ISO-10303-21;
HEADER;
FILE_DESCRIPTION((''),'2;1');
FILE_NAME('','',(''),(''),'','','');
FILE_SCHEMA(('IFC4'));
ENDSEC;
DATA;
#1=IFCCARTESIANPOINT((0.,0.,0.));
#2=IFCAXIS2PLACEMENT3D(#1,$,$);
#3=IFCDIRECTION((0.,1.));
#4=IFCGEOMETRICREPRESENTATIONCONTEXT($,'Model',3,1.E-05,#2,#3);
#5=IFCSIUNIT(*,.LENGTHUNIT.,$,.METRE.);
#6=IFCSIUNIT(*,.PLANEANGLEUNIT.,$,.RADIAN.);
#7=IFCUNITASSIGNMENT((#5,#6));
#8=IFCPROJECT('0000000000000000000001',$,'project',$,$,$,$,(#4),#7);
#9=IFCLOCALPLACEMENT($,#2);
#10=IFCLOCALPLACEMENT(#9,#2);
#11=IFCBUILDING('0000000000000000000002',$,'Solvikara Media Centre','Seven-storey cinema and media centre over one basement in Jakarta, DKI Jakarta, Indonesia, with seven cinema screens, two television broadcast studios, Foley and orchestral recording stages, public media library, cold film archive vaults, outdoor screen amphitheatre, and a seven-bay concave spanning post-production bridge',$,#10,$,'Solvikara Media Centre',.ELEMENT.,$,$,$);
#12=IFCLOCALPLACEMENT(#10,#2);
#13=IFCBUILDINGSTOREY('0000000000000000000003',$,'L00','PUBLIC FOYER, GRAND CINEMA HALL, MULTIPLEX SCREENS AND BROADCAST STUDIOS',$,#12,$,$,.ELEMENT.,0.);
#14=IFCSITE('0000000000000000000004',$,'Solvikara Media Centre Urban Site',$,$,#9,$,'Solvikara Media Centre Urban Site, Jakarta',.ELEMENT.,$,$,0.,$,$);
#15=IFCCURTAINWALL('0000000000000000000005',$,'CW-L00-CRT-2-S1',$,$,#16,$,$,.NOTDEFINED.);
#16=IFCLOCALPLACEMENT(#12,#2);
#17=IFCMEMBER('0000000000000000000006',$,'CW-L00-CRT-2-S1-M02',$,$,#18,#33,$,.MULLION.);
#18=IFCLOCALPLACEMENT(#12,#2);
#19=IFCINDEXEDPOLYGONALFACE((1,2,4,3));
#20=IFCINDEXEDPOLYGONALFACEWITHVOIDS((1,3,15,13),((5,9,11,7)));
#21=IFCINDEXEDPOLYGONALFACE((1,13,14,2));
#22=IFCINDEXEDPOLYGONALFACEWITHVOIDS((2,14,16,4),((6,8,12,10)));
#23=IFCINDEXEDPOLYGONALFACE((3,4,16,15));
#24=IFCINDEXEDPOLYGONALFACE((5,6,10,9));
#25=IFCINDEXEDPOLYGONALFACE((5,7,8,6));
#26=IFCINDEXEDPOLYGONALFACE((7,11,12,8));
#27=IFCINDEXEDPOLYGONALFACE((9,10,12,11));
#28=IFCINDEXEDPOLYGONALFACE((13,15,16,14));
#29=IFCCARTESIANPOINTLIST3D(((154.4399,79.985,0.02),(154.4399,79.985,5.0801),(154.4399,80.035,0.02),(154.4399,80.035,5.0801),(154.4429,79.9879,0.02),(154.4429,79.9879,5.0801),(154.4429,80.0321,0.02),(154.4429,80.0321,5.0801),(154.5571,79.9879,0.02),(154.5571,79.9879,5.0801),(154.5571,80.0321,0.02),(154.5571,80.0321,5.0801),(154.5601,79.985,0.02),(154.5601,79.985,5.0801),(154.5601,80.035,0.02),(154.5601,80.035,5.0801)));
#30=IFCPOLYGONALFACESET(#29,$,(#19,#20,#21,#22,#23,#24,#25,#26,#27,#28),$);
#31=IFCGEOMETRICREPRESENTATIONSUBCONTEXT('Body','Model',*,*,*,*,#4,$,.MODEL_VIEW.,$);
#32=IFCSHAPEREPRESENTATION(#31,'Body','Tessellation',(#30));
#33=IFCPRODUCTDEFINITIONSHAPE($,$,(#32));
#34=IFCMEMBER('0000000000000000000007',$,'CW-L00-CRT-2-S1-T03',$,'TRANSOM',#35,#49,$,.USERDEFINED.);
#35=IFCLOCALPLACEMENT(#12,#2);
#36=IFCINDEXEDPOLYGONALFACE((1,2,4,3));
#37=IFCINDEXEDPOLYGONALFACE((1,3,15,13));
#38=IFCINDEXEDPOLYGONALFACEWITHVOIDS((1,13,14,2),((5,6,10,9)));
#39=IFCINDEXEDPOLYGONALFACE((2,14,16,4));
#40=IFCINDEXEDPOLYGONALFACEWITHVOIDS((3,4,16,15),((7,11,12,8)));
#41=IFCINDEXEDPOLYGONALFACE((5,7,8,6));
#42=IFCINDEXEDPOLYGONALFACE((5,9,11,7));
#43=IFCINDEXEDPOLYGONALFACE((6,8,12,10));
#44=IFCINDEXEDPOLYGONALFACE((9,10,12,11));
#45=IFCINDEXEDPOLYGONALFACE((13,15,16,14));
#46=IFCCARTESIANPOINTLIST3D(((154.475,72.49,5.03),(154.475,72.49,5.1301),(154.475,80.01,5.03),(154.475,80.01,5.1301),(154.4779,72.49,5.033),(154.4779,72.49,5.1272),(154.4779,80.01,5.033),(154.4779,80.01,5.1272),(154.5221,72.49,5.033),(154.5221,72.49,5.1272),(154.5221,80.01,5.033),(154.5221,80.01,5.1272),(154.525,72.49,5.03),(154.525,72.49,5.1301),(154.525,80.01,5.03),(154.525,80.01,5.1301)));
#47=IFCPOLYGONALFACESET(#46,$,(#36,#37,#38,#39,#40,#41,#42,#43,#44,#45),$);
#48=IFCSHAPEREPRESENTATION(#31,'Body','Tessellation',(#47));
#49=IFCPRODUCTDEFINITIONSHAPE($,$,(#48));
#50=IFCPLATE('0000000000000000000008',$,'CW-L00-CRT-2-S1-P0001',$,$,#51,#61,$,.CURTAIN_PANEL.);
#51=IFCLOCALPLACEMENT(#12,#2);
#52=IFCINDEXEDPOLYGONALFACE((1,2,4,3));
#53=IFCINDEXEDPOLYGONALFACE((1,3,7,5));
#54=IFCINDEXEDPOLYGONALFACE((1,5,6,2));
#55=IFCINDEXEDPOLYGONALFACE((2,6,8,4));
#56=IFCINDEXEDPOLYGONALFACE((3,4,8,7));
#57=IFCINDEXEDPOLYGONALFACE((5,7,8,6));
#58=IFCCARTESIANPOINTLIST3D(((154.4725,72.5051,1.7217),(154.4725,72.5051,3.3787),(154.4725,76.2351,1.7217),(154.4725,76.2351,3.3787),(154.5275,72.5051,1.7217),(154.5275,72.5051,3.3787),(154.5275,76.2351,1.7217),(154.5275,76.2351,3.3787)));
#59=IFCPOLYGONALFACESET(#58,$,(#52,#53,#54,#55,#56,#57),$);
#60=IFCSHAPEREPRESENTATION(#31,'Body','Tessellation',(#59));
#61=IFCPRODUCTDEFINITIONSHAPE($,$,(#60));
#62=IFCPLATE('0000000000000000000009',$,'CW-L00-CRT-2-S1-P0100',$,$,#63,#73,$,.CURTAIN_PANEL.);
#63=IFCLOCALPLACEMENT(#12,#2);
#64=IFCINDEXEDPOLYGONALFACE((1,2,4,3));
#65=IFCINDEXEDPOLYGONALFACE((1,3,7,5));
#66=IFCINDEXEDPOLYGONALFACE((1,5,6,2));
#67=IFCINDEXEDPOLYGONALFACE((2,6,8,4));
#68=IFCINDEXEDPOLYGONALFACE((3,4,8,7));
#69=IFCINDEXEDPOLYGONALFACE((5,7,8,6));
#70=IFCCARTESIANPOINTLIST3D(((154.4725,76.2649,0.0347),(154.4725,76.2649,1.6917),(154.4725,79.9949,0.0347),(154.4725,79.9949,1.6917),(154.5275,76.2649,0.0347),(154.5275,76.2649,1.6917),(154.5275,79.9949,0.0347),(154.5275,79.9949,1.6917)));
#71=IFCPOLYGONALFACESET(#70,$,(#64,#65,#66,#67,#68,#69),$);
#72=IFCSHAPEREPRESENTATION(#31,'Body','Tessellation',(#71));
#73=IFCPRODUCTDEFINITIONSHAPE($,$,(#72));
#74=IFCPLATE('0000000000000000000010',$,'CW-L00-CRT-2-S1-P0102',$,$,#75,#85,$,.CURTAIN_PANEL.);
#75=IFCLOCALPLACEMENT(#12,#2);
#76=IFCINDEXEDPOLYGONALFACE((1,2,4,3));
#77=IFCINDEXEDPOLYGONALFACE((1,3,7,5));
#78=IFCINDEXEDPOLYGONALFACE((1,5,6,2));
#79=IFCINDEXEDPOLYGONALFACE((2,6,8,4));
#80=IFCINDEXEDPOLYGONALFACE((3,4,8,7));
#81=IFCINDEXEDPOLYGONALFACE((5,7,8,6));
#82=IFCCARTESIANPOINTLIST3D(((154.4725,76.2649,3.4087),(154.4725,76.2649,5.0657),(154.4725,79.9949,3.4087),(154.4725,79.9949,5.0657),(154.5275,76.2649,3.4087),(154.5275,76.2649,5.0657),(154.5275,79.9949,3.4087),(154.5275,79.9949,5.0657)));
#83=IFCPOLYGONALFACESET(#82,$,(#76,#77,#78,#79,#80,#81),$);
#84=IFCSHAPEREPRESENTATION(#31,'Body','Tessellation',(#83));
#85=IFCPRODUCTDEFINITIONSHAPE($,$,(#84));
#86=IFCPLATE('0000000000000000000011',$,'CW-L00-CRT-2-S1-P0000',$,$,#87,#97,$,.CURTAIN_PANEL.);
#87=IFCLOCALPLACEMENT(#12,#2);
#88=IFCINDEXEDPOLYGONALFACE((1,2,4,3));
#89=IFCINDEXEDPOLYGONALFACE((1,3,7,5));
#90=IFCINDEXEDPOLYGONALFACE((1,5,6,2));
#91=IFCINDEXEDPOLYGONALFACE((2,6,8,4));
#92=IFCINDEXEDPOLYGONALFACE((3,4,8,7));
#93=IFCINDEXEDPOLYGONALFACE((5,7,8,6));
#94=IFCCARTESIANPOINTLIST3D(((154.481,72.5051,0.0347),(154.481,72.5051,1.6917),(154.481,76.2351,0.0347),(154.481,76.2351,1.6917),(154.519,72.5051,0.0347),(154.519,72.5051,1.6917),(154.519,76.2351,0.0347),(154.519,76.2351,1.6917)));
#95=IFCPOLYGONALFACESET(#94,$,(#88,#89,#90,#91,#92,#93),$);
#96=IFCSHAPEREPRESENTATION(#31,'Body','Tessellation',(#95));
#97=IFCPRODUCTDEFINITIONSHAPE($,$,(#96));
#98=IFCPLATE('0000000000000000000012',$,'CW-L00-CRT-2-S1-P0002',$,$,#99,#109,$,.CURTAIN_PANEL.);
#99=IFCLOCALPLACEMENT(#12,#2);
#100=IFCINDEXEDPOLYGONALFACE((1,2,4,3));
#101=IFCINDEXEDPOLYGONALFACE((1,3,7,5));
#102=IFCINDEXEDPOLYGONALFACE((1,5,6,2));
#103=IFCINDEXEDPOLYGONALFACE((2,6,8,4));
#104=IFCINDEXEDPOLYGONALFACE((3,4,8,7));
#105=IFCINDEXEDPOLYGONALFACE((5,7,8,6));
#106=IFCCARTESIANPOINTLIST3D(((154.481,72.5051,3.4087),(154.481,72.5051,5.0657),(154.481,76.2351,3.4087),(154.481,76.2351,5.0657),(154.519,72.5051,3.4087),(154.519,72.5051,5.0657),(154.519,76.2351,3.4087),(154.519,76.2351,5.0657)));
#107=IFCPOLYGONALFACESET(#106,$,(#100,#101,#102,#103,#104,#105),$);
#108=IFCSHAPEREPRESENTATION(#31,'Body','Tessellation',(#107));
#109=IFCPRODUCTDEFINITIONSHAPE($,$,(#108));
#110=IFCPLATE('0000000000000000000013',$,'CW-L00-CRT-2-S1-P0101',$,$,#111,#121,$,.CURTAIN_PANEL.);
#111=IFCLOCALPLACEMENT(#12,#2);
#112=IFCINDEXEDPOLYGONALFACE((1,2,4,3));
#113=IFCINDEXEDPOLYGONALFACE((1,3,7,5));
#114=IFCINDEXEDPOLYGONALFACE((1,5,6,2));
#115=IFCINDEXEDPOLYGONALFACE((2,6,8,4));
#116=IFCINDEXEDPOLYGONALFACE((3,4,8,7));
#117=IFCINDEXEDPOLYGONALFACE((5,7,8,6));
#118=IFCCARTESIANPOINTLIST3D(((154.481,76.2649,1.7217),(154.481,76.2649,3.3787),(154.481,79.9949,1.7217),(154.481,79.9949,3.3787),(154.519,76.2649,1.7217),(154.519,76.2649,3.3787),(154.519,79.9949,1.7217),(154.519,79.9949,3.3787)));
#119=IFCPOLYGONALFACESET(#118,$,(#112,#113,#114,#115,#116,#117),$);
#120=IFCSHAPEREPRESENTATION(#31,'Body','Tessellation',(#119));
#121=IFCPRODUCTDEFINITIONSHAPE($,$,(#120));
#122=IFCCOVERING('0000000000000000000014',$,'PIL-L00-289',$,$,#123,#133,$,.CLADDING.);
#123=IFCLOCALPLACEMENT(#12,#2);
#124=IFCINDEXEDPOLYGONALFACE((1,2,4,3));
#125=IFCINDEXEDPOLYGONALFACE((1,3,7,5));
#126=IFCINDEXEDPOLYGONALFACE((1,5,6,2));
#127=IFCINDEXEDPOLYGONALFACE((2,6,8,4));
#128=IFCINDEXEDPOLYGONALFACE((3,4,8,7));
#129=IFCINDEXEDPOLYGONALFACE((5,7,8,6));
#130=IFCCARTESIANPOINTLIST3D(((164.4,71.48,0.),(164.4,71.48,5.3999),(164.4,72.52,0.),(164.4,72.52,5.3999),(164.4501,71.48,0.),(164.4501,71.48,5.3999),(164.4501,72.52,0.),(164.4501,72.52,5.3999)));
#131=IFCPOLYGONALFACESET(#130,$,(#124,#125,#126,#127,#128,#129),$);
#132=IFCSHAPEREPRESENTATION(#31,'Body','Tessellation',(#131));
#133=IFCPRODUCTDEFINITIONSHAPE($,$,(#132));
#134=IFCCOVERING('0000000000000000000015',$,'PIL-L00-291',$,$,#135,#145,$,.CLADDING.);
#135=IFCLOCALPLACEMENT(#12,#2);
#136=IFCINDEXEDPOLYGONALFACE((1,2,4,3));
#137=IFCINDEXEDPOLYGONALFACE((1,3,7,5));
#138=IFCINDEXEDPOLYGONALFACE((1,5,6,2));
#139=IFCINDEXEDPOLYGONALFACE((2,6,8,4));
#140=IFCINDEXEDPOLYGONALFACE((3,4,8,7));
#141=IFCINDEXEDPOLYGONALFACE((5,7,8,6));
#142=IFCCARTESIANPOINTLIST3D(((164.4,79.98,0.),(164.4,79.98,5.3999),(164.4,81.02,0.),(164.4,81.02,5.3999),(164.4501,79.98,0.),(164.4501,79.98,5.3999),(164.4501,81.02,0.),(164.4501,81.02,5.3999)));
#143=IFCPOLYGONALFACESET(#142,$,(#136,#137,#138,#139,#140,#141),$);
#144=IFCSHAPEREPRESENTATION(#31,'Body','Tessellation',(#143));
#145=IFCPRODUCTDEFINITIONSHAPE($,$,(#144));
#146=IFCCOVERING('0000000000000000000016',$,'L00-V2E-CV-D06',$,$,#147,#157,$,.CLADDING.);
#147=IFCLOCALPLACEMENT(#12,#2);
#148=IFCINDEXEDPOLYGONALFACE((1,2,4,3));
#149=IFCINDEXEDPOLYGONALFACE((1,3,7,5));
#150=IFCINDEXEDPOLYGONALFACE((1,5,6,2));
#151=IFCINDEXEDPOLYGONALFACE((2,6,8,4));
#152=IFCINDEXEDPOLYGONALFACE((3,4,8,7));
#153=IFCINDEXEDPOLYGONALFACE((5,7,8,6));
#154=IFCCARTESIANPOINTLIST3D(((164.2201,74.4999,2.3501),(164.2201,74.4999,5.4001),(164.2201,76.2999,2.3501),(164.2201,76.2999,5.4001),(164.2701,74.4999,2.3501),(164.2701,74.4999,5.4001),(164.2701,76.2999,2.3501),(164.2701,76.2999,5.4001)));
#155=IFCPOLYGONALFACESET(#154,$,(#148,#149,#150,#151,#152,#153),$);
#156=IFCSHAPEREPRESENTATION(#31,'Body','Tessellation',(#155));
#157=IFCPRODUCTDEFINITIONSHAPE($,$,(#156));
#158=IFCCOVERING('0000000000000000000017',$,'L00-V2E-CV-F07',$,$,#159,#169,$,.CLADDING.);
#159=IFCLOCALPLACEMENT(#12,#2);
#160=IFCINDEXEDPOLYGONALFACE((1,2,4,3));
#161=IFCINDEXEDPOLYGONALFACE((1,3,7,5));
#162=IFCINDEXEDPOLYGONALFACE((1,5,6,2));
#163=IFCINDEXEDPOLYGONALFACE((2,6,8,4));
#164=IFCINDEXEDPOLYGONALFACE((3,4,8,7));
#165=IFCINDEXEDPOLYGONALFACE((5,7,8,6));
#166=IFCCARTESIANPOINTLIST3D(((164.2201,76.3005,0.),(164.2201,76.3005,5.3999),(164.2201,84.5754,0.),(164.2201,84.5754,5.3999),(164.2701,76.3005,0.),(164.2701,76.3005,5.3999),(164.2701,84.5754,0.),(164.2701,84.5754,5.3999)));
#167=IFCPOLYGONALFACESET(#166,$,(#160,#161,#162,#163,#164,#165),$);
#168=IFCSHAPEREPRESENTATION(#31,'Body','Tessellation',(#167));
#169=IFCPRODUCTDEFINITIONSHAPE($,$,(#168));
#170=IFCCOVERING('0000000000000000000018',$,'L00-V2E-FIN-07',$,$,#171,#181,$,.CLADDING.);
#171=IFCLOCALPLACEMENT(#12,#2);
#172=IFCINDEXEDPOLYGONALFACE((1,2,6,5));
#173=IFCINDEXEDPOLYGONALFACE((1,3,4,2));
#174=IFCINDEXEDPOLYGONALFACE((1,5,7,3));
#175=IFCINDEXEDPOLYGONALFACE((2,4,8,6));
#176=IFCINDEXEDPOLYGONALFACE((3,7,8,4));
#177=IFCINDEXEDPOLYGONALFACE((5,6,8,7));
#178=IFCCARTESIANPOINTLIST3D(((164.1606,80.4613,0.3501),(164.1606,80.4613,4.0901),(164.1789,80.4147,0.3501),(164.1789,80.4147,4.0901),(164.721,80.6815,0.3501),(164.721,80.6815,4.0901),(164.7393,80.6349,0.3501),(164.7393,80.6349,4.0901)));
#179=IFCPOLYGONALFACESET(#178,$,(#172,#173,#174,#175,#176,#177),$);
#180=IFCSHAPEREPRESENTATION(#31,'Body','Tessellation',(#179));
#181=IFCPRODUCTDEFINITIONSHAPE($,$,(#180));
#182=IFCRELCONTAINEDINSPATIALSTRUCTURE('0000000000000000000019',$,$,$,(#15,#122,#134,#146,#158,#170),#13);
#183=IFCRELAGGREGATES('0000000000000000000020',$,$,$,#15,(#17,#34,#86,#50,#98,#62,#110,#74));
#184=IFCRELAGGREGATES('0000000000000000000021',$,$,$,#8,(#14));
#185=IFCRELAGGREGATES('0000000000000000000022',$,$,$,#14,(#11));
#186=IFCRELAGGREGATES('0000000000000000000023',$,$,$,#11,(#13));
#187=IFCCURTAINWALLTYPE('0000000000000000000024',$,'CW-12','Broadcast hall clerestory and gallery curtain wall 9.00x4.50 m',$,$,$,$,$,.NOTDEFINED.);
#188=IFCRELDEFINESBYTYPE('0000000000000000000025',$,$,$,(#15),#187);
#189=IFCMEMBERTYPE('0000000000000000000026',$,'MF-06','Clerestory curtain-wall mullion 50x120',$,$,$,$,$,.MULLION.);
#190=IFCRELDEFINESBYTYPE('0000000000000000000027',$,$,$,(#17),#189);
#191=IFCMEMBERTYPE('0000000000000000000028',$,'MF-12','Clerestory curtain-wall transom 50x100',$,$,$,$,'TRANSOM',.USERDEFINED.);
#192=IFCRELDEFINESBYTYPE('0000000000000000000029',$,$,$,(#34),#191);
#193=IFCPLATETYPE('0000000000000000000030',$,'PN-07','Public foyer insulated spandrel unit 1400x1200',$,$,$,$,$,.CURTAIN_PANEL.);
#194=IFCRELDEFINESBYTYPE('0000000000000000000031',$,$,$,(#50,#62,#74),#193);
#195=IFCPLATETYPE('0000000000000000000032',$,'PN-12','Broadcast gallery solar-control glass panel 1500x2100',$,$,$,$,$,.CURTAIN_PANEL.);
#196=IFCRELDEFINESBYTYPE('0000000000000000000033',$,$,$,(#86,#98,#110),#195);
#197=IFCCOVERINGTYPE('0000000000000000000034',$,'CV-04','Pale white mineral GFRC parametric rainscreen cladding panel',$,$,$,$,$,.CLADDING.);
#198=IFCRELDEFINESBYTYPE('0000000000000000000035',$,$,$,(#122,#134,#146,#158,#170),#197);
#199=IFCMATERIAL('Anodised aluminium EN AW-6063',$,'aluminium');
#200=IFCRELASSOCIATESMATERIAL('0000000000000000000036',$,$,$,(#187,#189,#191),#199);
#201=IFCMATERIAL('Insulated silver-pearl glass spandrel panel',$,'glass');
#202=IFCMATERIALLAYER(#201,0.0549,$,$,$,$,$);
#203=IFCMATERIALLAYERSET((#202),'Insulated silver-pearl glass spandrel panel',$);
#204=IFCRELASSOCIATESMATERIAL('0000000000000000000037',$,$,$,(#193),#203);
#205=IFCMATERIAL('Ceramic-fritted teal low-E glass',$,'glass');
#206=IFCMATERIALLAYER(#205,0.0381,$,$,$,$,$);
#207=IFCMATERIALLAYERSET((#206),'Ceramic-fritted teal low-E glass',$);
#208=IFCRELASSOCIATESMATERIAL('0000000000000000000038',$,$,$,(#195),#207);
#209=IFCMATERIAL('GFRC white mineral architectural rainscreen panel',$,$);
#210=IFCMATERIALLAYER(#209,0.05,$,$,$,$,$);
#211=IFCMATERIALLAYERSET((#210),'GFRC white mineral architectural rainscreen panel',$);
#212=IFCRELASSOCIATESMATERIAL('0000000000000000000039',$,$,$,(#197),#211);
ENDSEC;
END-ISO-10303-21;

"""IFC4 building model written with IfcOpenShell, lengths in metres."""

from ifc_helpers import new_model, si_unit, direction, frame, origin, origin_2d, place, context, subcontext, project, spatial, rectangle, hollow_rectangle, extrude, material, layer, layer_set, material_profile, profile_set, type_object, element, aggregate, save


model = new_model("IFC4")

# Units and contexts
model_context = context("Model", 3, precision=1e-05, world=origin(), true_north=direction((0.0, 1.0)))
body_context = subcontext(model_context, "Body", "Model", "MODEL_VIEW")
ifc_project = project(units=[si_unit("LENGTHUNIT", "METRE"), si_unit("PLANEANGLEUNIT", "RADIAN")], contexts=[model_context])

# Site, building, storey
site_placement = place(None, origin())
site = spatial("IfcSite", under=ifc_project, at=site_placement, Name="Solvikara Media Centre Urban Site", LongName="Solvikara Media Centre Urban Site, Jakarta", CompositionType="ELEMENT", RefElevation=0.0)
building_placement = place(site_placement, origin())
building = spatial("IfcBuilding", under=site, at=building_placement, Name="Solvikara Media Centre", Description="Seven-storey cinema and media centre over one basement in Jakarta, DKI Jakarta, Indonesia, with seven cinema screens, two television broadcast studios, Foley and orchestral recording stages, public media library, cold film archive vaults, outdoor screen amphitheatre, and a seven-bay concave spanning post-production bridge", LongName="Solvikara Media Centre", CompositionType="ELEMENT")
storey_placement = place(building_placement, origin())
storey = spatial("IfcBuildingStorey", under=building, at=storey_placement, Name="L00", Description="PUBLIC FOYER, GRAND CINEMA HALL, MULTIPLEX SCREENS AND BROADCAST STUDIOS", CompositionType="ELEMENT", Elevation=0.0)

# Curtain wall, members, plates
ifc_material_1 = material(Name="Anodised aluminium EN AW-6063", Category="aluminium")
curtain_wall_type = type_object("IfcCurtainWallType", Name="CW-12", Description="Broadcast hall clerestory and gallery curtain wall 9.00x4.50 m", PredefinedType="NOTDEFINED", material=ifc_material_1)
curtain_wall_placement = place(storey_placement, origin())
curtain_wall = element("IfcCurtainWall", 1, at=curtain_wall_placement, inside=storey, type_object=curtain_wall_type, Name="CW-L00-CRT-2-S1", PredefinedType="NOTDEFINED")
ifc_material_profile_1 = material_profile(ifc_material_1, hollow_rectangle(XDim=0.05, YDim=0.1201, WallThickness=0.0029, at=origin_2d()), Name="ALU-M 50x120x3")
ifc_profile_set_1 = profile_set([ifc_material_profile_1], Name="Anodised aluminium EN AW-6063")
member_type_1 = type_object("IfcMemberType", Name="MF-06", Description="Clerestory curtain-wall mullion 50x120", PredefinedType="MULLION", material=ifc_profile_set_1)
member_1_placement = place(storey_placement, frame((154.5, 80.01, 0.02), z_axis=(0.0, 0.0, 1.0), x_axis=(0.0, 1.0, 0.0)))
member_1 = element("IfcMember", 2, at=member_1_placement, type_object=member_type_1, Name="CW-L00-CRT-2-S1-M02", PredefinedType="MULLION", context=body_context, shape_type="SweptSolid", body=[
    extrude(hollow_rectangle(XDim=0.05, YDim=0.1201, WallThickness=0.0029, at=origin_2d()), origin(), (0.0, 0.0, 1.0), 5.0601),
])
ifc_material_profile_2 = material_profile(ifc_material_1, hollow_rectangle(XDim=0.05, YDim=0.1001, WallThickness=0.0029, at=origin_2d()), Name="ALU-T 50x100x3")
ifc_profile_set_2 = profile_set([ifc_material_profile_2], Name="Anodised aluminium EN AW-6063")
member_type_2 = type_object("IfcMemberType", Name="MF-12", Description="Clerestory curtain-wall transom 50x100", ElementType="TRANSOM", PredefinedType="USERDEFINED", material=ifc_profile_set_2)
member_2_placement = place(storey_placement, frame((154.5, 72.49, 5.0801), z_axis=(0.0, 1.0, 0.0), x_axis=(-1.0, 0.0, 0.0)))
member_2 = element("IfcMember", 3, at=member_2_placement, type_object=member_type_2, Name="CW-L00-CRT-2-S1-T03", ObjectType="TRANSOM", PredefinedType="USERDEFINED", context=body_context, shape_type="SweptSolid", body=[
    extrude(hollow_rectangle(XDim=0.05, YDim=0.1001, WallThickness=0.0029, at=origin_2d()), origin(), (0.0, 0.0, 1.0), 7.52),
])
ifc_material_2 = material(Name="Insulated silver-pearl glass spandrel panel", Category="glass")
ifc_layer_1 = layer(ifc_material_2, 0.0549)
ifc_layer_set_1 = layer_set([ifc_layer_1], Name="Insulated silver-pearl glass spandrel panel")
plate_type_1 = type_object("IfcPlateType", Name="PN-07", Description="Public foyer insulated spandrel unit 1400x1200", PredefinedType="CURTAIN_PANEL", material=ifc_layer_set_1)
plate_1_placement = place(storey_placement, frame((154.5, 74.3701, 1.7217), z_axis=(0.0, 0.0, 1.0), x_axis=(0.0, 1.0, 0.0)))
plate_1 = element("IfcPlate", 4, at=plate_1_placement, type_object=plate_type_1, Name="CW-L00-CRT-2-S1-P0001", PredefinedType="CURTAIN_PANEL", context=body_context, shape_type="SweptSolid", body=[
    extrude(rectangle(XDim=3.73, YDim=0.0549, at=origin_2d()), origin(), (0.0, 0.0, 1.0), 1.657),
])
plate_2_placement = place(storey_placement, frame((154.5, 78.1299, 0.0347), z_axis=(0.0, 0.0, 1.0), x_axis=(0.0, 1.0, 0.0)))
plate_2 = element("IfcPlate", 5, at=plate_2_placement, type_object=plate_type_1, Name="CW-L00-CRT-2-S1-P0100", PredefinedType="CURTAIN_PANEL", context=body_context, shape_type="SweptSolid", body=[
    extrude(rectangle(XDim=3.73, YDim=0.0549, at=origin_2d()), origin(), (0.0, 0.0, 1.0), 1.657),
])
plate_3_placement = place(storey_placement, frame((154.5, 78.1299, 3.4087), z_axis=(0.0, 0.0, 1.0), x_axis=(0.0, 1.0, 0.0)))
plate_3 = element("IfcPlate", 6, at=plate_3_placement, type_object=plate_type_1, Name="CW-L00-CRT-2-S1-P0102", PredefinedType="CURTAIN_PANEL", context=body_context, shape_type="SweptSolid", body=[
    extrude(rectangle(XDim=3.73, YDim=0.0549, at=origin_2d()), origin(), (0.0, 0.0, 1.0), 1.657),
])
ifc_material_3 = material(Name="Ceramic-fritted teal low-E glass", Category="glass")
ifc_layer_2 = layer(ifc_material_3, 0.0381)
ifc_layer_set_2 = layer_set([ifc_layer_2], Name="Ceramic-fritted teal low-E glass")
plate_type_2 = type_object("IfcPlateType", Name="PN-12", Description="Broadcast gallery solar-control glass panel 1500x2100", PredefinedType="CURTAIN_PANEL", material=ifc_layer_set_2)
plate_4_placement = place(storey_placement, frame((154.5, 74.3701, 0.0347), z_axis=(0.0, 0.0, 1.0), x_axis=(0.0, 1.0, 0.0)))
plate_4 = element("IfcPlate", 7, at=plate_4_placement, type_object=plate_type_2, Name="CW-L00-CRT-2-S1-P0000", PredefinedType="CURTAIN_PANEL", context=body_context, shape_type="SweptSolid", body=[
    extrude(rectangle(XDim=3.73, YDim=0.0381, at=origin_2d()), origin(), (0.0, 0.0, 1.0), 1.657),
])
plate_5_placement = place(storey_placement, frame((154.5, 74.3701, 3.4087), z_axis=(0.0, 0.0, 1.0), x_axis=(0.0, 1.0, 0.0)))
plate_5 = element("IfcPlate", 8, at=plate_5_placement, type_object=plate_type_2, Name="CW-L00-CRT-2-S1-P0002", PredefinedType="CURTAIN_PANEL", context=body_context, shape_type="SweptSolid", body=[
    extrude(rectangle(XDim=3.73, YDim=0.0381, at=origin_2d()), origin(), (0.0, 0.0, 1.0), 1.657),
])
plate_6_placement = place(storey_placement, frame((154.5, 78.1299, 1.7217), z_axis=(0.0, 0.0, 1.0), x_axis=(0.0, 1.0, 0.0)))
plate_6 = element("IfcPlate", 9, at=plate_6_placement, type_object=plate_type_2, Name="CW-L00-CRT-2-S1-P0101", PredefinedType="CURTAIN_PANEL", context=body_context, shape_type="SweptSolid", body=[
    extrude(rectangle(XDim=3.73, YDim=0.0381, at=origin_2d()), origin(), (0.0, 0.0, 1.0), 1.657),
])
aggregate(curtain_wall, [member_1, member_2, plate_4, plate_1, plate_5, plate_2, plate_6, plate_3])

# Coverings
ifc_material_4 = material(Name="GFRC white mineral architectural rainscreen panel")
ifc_layer_3 = layer(ifc_material_4, 0.05)
ifc_layer_set_3 = layer_set([ifc_layer_3], Name="GFRC white mineral architectural rainscreen panel")
covering_type = type_object("IfcCoveringType", Name="CV-04", Description="Pale white mineral GFRC parametric rainscreen cladding panel", PredefinedType="CLADDING", material=ifc_layer_set_3)
for number, where, z_axis, x_axis, name in (
    (10, (164.425, 72.0, 0.0), (0.0, 0.0, 1.0), (0.0, 1.0, 0.0), "PIL-L00-289"),
    (11, (164.425, 80.5, 0.0), (0.0, 0.0, 1.0), (0.0, 1.0, 0.0), "PIL-L00-291"),
):
    element("IfcCovering", number, at=place(storey_placement, frame(where, z_axis=z_axis, x_axis=x_axis)), inside=storey, type_object=covering_type, Name=name, PredefinedType="CLADDING", context=body_context, shape_type="SweptSolid", body=[
        extrude(rectangle(XDim=1.04, YDim=0.05, at=origin_2d()), origin(), (0.0, 0.0, 1.0), 5.3999),
    ])
covering_1_placement = place(storey_placement, frame((164.2451, 75.3999, 2.3501), z_axis=(0.0, 0.0, 1.0), x_axis=(0.0, 1.0, 0.0)))
element("IfcCovering", 12, at=covering_1_placement, inside=storey, type_object=covering_type, Name="L00-V2E-CV-D06", PredefinedType="CLADDING", context=body_context, shape_type="SweptSolid", body=[
    extrude(rectangle(XDim=1.8, YDim=0.05, at=origin_2d()), origin(), (0.0, 0.0, 1.0), 3.05),
])
covering_2_placement = place(storey_placement, frame((164.2451, 80.438, 0.0), z_axis=(0.0, 0.0, 1.0), x_axis=(0.0, 1.0, 0.0)))
element("IfcCovering", 13, at=covering_2_placement, inside=storey, type_object=covering_type, Name="L00-V2E-CV-F07", PredefinedType="CLADDING", context=body_context, shape_type="SweptSolid", body=[
    extrude(rectangle(XDim=8.2749, YDim=0.05, at=origin_2d()), origin(), (0.0, 0.0, 1.0), 5.3999),
])
covering_3_placement = place(storey_placement, frame((164.45, 80.5481, 0.3501), z_axis=(0.0, 0.0, 1.0), x_axis=(0.93075, 0.365657, 0.0)))
element("IfcCovering", 14, at=covering_3_placement, inside=storey, type_object=covering_type, Name="L00-V2E-FIN-07", PredefinedType="CLADDING", context=body_context, shape_type="SweptSolid", body=[
    extrude(rectangle(XDim=0.6021, YDim=0.05, at=origin_2d()), origin(), (0.0, 0.0, 1.0), 3.74),
])

save(model, "model.ifc")
